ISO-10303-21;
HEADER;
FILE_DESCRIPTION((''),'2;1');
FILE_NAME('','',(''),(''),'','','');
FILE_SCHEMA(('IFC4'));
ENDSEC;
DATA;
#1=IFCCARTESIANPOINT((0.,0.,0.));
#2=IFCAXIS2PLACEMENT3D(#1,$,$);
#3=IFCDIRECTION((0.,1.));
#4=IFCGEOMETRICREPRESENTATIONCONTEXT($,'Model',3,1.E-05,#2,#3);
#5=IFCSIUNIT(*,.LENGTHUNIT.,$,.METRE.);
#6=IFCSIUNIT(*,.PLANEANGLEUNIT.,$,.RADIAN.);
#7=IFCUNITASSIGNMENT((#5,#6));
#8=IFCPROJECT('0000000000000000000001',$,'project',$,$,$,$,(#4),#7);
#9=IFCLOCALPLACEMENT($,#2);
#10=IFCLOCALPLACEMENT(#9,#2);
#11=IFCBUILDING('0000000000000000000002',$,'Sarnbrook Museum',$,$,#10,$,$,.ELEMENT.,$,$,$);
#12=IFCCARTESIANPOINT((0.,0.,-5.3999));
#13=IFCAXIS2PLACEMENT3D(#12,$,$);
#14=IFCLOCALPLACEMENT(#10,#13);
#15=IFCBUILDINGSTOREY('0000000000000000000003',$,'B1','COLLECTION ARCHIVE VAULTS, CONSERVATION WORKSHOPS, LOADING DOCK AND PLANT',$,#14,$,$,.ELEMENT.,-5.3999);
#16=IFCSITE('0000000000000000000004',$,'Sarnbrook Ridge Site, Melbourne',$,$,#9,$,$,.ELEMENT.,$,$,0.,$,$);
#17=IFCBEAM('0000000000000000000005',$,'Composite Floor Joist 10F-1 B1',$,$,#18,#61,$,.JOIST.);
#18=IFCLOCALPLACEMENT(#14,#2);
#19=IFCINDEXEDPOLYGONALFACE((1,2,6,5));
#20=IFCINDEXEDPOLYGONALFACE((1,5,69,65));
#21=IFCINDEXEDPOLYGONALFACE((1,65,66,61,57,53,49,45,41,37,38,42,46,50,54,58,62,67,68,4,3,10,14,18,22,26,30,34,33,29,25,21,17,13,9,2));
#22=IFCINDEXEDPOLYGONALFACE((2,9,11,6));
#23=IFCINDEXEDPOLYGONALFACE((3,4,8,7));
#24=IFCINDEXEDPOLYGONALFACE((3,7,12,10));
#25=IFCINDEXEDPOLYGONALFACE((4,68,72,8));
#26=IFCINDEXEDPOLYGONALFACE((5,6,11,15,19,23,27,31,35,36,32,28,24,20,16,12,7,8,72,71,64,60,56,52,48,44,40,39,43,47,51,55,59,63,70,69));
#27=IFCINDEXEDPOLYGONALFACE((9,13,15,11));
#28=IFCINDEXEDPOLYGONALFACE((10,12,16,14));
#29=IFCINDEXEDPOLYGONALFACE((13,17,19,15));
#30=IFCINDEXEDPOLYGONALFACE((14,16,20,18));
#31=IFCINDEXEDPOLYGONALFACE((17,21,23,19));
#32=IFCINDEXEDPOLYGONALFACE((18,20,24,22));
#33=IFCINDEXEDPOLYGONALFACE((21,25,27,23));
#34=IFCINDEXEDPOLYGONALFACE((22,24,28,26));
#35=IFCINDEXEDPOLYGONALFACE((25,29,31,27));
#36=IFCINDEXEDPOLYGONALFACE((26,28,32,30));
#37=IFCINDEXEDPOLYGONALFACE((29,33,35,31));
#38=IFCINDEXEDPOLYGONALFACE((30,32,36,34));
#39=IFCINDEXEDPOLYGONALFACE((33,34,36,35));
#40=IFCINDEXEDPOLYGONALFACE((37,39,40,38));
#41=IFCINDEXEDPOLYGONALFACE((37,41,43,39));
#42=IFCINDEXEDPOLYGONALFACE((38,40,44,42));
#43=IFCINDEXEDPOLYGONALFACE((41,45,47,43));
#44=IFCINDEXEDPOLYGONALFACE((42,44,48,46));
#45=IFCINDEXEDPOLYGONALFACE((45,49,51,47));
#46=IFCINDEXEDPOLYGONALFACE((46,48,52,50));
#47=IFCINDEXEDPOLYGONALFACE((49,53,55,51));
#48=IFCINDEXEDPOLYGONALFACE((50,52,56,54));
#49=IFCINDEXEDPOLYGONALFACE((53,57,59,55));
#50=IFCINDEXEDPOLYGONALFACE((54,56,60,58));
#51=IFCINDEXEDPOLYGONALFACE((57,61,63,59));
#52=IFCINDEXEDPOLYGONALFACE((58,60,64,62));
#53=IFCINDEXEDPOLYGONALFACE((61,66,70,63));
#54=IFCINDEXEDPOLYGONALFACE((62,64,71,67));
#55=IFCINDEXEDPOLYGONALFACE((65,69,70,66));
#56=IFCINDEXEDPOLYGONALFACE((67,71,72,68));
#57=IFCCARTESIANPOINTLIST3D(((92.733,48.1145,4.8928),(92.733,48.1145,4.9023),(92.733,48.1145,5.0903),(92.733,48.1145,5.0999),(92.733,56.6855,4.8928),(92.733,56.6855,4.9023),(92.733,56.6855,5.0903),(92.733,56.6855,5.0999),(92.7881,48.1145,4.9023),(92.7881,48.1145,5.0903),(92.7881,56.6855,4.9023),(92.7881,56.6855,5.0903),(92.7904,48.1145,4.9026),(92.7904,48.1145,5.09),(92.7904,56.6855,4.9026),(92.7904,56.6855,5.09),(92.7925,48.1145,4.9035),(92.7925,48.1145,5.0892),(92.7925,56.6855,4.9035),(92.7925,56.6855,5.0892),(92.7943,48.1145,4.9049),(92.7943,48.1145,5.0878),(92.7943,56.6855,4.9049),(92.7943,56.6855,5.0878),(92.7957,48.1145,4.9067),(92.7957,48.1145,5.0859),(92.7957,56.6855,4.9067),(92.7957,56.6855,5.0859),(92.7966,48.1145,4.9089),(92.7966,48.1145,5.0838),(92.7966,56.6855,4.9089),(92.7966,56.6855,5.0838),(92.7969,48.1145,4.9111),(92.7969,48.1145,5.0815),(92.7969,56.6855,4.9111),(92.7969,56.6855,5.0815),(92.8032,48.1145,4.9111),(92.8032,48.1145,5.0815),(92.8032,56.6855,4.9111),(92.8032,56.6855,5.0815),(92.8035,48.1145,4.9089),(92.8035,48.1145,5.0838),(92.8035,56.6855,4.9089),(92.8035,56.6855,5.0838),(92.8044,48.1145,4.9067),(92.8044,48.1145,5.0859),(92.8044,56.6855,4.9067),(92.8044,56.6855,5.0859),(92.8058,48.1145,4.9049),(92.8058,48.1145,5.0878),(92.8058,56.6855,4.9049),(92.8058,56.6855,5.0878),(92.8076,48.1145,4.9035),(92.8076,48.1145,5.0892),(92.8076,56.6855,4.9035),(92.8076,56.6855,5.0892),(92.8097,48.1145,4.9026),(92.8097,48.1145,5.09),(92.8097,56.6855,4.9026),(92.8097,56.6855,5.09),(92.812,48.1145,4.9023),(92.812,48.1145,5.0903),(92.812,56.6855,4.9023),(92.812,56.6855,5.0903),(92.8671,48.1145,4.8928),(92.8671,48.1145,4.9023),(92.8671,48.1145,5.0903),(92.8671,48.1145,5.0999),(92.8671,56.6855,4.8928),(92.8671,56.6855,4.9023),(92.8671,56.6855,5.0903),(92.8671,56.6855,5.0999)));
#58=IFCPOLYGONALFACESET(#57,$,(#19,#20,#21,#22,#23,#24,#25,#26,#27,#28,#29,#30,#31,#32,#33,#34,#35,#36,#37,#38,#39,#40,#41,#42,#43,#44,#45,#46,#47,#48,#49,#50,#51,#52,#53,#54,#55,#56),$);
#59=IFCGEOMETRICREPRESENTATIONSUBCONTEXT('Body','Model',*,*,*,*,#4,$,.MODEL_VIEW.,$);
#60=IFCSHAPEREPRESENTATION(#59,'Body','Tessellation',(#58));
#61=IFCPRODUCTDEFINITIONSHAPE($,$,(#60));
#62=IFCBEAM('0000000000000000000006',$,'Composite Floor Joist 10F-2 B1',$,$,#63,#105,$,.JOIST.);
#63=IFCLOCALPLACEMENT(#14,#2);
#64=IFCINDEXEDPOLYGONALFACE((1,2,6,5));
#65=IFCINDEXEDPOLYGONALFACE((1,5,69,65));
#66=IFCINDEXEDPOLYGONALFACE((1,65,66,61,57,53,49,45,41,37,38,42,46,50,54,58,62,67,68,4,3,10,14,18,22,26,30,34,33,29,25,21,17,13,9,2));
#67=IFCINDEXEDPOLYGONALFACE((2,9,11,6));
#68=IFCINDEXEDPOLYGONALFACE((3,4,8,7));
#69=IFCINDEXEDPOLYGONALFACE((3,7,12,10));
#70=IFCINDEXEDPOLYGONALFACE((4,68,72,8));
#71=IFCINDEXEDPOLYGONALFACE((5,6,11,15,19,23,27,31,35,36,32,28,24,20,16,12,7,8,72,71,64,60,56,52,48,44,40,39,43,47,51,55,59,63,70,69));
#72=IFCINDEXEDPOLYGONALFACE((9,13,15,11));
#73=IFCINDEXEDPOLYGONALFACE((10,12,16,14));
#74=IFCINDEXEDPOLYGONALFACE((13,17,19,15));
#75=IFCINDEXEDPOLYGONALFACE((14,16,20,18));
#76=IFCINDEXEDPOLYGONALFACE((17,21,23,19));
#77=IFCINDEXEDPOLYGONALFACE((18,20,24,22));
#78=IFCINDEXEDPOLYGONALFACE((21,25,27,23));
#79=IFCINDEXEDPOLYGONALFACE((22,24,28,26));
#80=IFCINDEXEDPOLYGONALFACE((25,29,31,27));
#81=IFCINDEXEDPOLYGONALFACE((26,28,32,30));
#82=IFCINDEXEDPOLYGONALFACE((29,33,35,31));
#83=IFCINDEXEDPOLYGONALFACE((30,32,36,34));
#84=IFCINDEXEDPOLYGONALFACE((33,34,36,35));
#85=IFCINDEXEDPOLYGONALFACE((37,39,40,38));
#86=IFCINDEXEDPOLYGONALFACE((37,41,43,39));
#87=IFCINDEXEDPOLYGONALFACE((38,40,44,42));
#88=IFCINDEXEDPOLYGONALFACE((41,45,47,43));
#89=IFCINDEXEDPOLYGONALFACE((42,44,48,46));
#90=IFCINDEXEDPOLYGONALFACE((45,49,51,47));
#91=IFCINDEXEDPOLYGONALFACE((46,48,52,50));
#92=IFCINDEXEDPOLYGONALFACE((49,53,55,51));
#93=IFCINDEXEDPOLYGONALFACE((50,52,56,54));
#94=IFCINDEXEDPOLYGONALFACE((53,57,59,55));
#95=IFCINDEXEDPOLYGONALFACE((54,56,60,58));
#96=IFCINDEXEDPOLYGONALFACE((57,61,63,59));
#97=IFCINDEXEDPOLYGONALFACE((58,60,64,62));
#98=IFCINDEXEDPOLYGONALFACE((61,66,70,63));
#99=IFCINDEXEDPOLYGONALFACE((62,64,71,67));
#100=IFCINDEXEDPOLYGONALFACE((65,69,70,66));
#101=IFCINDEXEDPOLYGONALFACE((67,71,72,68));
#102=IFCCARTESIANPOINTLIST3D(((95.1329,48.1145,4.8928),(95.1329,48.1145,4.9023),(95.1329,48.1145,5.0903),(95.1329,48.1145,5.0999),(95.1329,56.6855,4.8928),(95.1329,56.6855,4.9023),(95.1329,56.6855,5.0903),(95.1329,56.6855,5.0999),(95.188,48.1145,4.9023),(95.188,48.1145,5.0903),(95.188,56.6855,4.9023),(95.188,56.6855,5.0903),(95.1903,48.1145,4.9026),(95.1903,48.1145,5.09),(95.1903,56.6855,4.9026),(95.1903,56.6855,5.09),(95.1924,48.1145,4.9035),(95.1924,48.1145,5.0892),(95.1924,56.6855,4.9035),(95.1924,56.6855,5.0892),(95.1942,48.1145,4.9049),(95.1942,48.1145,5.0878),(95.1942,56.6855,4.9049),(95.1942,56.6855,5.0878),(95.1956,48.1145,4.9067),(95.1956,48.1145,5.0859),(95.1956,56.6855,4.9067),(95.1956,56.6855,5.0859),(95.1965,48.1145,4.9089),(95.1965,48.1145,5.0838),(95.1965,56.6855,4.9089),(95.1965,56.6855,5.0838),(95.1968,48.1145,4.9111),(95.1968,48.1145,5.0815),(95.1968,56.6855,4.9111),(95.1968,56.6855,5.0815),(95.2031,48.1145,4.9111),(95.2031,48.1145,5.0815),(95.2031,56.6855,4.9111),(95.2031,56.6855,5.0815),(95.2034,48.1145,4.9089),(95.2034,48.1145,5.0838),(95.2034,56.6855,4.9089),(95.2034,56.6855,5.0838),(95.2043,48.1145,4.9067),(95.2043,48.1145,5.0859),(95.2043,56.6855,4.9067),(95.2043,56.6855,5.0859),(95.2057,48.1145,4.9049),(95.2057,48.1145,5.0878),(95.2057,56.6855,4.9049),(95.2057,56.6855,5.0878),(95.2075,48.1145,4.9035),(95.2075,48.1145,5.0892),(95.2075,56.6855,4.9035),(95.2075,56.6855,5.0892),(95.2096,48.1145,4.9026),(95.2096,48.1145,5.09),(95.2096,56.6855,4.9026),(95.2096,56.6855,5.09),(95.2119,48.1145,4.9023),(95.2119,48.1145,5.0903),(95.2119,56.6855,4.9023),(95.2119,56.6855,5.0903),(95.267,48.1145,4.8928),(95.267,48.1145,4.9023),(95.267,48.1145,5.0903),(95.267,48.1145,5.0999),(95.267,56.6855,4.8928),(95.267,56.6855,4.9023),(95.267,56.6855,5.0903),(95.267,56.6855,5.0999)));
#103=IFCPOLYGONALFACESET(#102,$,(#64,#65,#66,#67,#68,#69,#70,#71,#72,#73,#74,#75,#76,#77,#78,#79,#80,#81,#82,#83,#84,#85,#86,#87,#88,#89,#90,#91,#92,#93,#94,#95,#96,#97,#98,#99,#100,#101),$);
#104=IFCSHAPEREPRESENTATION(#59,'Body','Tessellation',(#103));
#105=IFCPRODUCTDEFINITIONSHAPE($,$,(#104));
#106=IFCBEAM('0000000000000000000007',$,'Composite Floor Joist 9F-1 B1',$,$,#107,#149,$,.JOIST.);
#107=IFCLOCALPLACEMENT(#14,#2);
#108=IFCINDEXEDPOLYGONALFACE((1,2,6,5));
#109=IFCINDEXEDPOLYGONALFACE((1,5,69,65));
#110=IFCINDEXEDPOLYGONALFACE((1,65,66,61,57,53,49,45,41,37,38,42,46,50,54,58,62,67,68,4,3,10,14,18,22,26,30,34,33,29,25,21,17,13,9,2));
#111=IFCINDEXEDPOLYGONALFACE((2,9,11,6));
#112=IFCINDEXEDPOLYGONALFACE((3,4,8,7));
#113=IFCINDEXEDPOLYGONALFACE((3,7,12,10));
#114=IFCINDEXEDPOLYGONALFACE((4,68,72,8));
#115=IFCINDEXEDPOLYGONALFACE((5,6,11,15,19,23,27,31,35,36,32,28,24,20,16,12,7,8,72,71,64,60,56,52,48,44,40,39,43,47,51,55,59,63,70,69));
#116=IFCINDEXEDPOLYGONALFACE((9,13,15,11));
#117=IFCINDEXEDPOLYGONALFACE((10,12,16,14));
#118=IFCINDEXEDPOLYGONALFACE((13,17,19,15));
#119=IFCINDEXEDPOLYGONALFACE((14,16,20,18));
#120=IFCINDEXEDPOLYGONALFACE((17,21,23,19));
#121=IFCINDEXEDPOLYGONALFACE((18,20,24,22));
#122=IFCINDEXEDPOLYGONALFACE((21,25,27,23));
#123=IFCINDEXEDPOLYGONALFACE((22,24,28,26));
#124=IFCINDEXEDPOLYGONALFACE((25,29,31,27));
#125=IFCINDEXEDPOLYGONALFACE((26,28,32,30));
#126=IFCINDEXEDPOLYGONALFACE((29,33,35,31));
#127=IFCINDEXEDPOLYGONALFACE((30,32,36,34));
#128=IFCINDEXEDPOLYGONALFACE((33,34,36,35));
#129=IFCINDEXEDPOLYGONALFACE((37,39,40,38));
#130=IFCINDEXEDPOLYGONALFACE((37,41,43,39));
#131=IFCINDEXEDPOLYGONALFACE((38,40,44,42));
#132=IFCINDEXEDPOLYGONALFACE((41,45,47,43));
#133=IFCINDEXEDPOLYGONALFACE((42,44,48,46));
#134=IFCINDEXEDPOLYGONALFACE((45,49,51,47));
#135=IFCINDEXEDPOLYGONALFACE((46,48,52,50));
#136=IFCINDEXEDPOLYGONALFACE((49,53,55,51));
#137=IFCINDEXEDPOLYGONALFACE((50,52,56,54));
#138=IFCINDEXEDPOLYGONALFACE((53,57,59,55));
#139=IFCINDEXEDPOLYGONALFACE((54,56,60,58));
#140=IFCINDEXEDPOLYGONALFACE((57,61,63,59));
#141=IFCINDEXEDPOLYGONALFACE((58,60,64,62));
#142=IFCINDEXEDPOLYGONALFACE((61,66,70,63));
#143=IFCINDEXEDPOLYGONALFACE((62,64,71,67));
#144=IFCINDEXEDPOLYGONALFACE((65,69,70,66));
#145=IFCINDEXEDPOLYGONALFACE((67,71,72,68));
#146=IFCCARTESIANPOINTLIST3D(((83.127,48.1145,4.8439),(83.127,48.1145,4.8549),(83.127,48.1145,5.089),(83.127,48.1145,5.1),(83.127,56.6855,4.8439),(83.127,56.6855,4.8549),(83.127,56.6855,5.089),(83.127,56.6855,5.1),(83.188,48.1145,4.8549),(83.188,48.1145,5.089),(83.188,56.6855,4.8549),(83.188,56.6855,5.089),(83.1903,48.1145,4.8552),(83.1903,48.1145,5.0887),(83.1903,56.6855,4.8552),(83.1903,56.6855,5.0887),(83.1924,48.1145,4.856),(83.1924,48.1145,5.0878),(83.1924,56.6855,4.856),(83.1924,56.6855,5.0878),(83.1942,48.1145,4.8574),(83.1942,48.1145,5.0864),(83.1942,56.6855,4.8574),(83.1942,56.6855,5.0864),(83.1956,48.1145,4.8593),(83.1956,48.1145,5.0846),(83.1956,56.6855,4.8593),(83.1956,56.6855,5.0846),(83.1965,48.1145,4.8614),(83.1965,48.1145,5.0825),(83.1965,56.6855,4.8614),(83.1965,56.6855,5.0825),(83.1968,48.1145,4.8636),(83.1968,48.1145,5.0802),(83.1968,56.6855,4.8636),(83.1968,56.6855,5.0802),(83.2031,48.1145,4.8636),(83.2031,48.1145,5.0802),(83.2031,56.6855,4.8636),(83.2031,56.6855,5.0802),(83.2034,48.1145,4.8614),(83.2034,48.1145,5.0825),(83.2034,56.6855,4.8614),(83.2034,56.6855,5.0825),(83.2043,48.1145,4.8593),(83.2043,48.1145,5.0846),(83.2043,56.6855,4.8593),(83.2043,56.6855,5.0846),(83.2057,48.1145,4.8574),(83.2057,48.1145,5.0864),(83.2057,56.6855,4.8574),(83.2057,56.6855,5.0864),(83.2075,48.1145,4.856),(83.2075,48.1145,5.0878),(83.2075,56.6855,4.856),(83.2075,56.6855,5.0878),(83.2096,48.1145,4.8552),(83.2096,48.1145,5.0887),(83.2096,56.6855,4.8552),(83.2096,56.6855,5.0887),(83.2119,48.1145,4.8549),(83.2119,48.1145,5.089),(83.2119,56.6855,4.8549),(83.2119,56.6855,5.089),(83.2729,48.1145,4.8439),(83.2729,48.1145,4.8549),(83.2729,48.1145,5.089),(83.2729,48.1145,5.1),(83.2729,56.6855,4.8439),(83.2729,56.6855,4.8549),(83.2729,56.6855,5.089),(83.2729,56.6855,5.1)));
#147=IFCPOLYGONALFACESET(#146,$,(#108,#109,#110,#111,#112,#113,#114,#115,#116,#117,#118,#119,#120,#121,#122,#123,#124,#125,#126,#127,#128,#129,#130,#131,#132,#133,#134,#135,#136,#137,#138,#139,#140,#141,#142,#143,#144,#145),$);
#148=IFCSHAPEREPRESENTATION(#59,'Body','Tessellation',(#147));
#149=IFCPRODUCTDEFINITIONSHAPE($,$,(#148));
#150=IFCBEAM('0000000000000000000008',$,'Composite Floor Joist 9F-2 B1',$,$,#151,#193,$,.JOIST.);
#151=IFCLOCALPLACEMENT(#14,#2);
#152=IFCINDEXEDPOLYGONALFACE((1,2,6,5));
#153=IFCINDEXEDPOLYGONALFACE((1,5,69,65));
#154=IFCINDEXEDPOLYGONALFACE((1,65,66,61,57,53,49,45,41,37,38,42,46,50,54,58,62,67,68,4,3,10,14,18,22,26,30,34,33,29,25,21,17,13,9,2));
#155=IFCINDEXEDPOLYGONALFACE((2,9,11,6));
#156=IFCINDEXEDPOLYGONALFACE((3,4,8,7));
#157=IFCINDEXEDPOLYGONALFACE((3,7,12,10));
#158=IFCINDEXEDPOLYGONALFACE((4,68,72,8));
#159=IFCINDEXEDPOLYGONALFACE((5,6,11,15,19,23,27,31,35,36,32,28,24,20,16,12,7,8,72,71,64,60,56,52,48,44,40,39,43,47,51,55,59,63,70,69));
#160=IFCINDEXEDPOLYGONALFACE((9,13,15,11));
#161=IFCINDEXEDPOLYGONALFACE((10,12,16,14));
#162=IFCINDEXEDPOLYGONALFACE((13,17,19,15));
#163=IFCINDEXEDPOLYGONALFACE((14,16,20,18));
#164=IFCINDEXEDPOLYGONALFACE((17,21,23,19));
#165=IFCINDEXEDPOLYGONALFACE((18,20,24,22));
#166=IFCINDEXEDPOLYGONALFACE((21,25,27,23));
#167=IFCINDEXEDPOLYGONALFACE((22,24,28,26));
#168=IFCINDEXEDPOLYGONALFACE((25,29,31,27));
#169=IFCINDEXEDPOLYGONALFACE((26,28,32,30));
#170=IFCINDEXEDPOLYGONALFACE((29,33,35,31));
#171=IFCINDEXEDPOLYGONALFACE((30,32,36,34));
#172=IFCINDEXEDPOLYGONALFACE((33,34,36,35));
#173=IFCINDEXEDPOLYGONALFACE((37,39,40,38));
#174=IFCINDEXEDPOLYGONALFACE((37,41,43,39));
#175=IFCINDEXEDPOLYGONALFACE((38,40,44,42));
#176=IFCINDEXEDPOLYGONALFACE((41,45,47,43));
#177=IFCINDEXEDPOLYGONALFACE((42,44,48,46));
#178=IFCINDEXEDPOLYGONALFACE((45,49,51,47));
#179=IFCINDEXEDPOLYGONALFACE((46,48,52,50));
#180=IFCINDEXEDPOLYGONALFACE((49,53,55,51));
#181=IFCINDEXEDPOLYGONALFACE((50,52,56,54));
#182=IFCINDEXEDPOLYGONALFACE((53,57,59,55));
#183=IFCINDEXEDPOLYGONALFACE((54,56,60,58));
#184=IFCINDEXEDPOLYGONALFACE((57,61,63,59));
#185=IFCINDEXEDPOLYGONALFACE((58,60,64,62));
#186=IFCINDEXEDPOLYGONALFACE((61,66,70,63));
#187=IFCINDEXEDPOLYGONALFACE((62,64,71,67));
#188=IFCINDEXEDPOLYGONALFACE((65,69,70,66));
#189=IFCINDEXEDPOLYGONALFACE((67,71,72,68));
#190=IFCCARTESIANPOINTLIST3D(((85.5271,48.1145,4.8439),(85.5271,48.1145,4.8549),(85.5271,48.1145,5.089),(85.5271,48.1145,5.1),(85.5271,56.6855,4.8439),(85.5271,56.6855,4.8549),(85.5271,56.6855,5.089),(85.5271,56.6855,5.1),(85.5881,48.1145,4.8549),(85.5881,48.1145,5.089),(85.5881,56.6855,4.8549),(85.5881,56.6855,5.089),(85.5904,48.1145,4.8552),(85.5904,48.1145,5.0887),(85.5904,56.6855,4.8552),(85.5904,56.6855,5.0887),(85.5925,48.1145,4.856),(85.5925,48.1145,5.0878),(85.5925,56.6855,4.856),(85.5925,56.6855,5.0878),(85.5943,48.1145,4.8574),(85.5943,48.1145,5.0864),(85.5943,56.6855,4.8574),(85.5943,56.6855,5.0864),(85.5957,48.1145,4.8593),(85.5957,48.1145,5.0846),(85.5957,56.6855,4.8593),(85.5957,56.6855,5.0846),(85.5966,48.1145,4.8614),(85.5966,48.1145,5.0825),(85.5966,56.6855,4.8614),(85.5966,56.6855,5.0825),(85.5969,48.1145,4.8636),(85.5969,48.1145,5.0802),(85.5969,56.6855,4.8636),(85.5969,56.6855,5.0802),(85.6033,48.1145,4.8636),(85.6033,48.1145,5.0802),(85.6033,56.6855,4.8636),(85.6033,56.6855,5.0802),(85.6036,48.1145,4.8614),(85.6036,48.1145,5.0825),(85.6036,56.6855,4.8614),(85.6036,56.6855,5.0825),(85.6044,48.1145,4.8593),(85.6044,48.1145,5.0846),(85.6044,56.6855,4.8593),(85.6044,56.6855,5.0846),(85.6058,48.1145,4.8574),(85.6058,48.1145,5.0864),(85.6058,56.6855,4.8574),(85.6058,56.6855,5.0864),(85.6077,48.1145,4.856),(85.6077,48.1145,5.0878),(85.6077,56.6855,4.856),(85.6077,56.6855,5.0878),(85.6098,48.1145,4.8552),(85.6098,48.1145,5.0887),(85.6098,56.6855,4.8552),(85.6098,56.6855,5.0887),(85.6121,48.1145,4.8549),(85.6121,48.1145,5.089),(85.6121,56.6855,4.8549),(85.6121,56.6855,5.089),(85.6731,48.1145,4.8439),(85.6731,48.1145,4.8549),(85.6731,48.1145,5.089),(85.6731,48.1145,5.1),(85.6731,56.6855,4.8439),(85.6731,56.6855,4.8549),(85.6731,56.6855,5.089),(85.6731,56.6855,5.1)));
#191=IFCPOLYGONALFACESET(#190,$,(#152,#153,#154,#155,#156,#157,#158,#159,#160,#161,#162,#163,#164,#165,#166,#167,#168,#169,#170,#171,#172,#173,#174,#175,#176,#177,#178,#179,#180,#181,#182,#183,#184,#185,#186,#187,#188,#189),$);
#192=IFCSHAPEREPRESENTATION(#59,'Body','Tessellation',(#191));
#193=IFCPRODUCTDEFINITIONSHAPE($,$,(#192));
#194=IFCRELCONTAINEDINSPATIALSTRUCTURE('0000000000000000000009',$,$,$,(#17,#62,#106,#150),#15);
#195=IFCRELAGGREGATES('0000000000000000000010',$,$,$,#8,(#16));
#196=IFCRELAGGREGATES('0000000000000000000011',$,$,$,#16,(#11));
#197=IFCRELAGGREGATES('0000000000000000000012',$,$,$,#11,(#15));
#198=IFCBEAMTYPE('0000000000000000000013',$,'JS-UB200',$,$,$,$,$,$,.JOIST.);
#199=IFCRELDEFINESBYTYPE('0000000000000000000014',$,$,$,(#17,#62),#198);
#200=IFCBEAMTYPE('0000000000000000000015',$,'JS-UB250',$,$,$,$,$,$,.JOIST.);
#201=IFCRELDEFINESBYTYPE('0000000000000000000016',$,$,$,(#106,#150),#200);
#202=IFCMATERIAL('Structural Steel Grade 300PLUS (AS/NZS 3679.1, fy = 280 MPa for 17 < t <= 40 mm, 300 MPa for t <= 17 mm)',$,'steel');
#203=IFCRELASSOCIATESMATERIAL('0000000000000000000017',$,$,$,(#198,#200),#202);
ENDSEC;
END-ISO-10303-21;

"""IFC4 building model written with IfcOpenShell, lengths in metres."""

from ifc_helpers import new_model, si_unit, direction, frame, origin, origin_2d, place, context, subcontext, project, spatial, i_section, extrude, material, material_profile, profile_set, type_object, element, save


model = new_model("IFC4")

# Units and contexts
model_context = context("Model", 3, precision=1e-05, world=origin(), true_north=direction((0.0, 1.0)))
body_context = subcontext(model_context, "Body", "Model", "MODEL_VIEW")
ifc_project = project(units=[si_unit("LENGTHUNIT", "METRE"), si_unit("PLANEANGLEUNIT", "RADIAN")], contexts=[model_context])

# Site, building, storey
site_placement = place(None, origin())
site = spatial("IfcSite", under=ifc_project, at=site_placement, Name="Sarnbrook Ridge Site, Melbourne", CompositionType="ELEMENT", RefElevation=0.0)
building_placement = place(site_placement, origin())
building = spatial("IfcBuilding", under=site, at=building_placement, Name="Sarnbrook Museum", CompositionType="ELEMENT")
storey_placement = place(building_placement, frame((0.0, 0.0, -5.3999)))
storey = spatial("IfcBuildingStorey", under=building, at=storey_placement, Name="B1", Description="COLLECTION ARCHIVE VAULTS, CONSERVATION WORKSHOPS, LOADING DOCK AND PLANT", CompositionType="ELEMENT", Elevation=-5.3999)

# Beams
ifc_material_1 = material(Name="Structural Steel Grade 300PLUS (AS/NZS 3679.1, fy = 280 MPa for 17 < t <= 40 mm, 300 MPa for t <= 17 mm)", Category="steel")
ifc_material_profile_1 = material_profile(ifc_material_1, i_section(OverallWidth=0.134, OverallDepth=0.207, WebThickness=0.0063, FlangeThickness=0.0095, FilletRadius=0.0088, at=origin_2d()), Name="200UB29.8")
ifc_profile_set_1 = profile_set([ifc_material_profile_1], Name="Structural Steel Grade 300PLUS (AS/NZS 3679.1, fy = 280 MPa for 17 < t <= 40 mm, 300 MPa for t <= 17 mm)")
beam_type_1 = type_object("IfcBeamType", Name="JS-UB200", PredefinedType="JOIST", material=ifc_profile_set_1)
for number, where, z_axis, x_axis, name in (
    (1, (92.8, 48.1145, 4.9963), (0.0, 1.0, 0.0), (-1.0, 0.0, 0.0), "Composite Floor Joist 10F-1 B1"),
    (2, (95.2, 48.1145, 4.9963), (0.0, 1.0, 0.0), (-1.0, 0.0, 0.0), "Composite Floor Joist 10F-2 B1"),
):
    element("IfcBeam", number, at=place(storey_placement, frame(where, z_axis=z_axis, x_axis=x_axis)), inside=storey, type_object=beam_type_1, Name=name, PredefinedType="JOIST", context=body_context, shape_type="SweptSolid", body=[
        extrude(i_section(OverallWidth=0.134, OverallDepth=0.207, WebThickness=0.0063, FlangeThickness=0.0095, FilletRadius=0.0088, at=origin_2d()), origin(), (0.0, 0.0, 1.0), 8.571),
    ])
ifc_material_profile_2 = material_profile(ifc_material_1, i_section(OverallWidth=0.146, OverallDepth=0.2561, WebThickness=0.0063, FlangeThickness=0.011, FilletRadius=0.0088, at=origin_2d()), Name="250UB37.3")
ifc_profile_set_2 = profile_set([ifc_material_profile_2], Name="Structural Steel Grade 300PLUS (AS/NZS 3679.1, fy = 280 MPa for 17 < t <= 40 mm, 300 MPa for t <= 17 mm)")
beam_type_2 = type_object("IfcBeamType", Name="JS-UB250", PredefinedType="JOIST", material=ifc_profile_set_2)
for number, where, z_axis, x_axis, name in (
    (3, (83.2, 48.1145, 4.9719), (0.0, 1.0, 0.0), (-1.0, 0.0, 0.0), "Composite Floor Joist 9F-1 B1"),
    (4, (85.6001, 48.1145, 4.9719), (0.0, 1.0, 0.0), (-1.0, 0.0, 0.0), "Composite Floor Joist 9F-2 B1"),
):
    element("IfcBeam", number, at=place(storey_placement, frame(where, z_axis=z_axis, x_axis=x_axis)), inside=storey, type_object=beam_type_2, Name=name, PredefinedType="JOIST", context=body_context, shape_type="SweptSolid", body=[
        extrude(i_section(OverallWidth=0.146, OverallDepth=0.2561, WebThickness=0.0063, FlangeThickness=0.011, FilletRadius=0.0088, at=origin_2d()), origin(), (0.0, 0.0, 1.0), 8.571),
    ])

save(model, "model.ifc")
